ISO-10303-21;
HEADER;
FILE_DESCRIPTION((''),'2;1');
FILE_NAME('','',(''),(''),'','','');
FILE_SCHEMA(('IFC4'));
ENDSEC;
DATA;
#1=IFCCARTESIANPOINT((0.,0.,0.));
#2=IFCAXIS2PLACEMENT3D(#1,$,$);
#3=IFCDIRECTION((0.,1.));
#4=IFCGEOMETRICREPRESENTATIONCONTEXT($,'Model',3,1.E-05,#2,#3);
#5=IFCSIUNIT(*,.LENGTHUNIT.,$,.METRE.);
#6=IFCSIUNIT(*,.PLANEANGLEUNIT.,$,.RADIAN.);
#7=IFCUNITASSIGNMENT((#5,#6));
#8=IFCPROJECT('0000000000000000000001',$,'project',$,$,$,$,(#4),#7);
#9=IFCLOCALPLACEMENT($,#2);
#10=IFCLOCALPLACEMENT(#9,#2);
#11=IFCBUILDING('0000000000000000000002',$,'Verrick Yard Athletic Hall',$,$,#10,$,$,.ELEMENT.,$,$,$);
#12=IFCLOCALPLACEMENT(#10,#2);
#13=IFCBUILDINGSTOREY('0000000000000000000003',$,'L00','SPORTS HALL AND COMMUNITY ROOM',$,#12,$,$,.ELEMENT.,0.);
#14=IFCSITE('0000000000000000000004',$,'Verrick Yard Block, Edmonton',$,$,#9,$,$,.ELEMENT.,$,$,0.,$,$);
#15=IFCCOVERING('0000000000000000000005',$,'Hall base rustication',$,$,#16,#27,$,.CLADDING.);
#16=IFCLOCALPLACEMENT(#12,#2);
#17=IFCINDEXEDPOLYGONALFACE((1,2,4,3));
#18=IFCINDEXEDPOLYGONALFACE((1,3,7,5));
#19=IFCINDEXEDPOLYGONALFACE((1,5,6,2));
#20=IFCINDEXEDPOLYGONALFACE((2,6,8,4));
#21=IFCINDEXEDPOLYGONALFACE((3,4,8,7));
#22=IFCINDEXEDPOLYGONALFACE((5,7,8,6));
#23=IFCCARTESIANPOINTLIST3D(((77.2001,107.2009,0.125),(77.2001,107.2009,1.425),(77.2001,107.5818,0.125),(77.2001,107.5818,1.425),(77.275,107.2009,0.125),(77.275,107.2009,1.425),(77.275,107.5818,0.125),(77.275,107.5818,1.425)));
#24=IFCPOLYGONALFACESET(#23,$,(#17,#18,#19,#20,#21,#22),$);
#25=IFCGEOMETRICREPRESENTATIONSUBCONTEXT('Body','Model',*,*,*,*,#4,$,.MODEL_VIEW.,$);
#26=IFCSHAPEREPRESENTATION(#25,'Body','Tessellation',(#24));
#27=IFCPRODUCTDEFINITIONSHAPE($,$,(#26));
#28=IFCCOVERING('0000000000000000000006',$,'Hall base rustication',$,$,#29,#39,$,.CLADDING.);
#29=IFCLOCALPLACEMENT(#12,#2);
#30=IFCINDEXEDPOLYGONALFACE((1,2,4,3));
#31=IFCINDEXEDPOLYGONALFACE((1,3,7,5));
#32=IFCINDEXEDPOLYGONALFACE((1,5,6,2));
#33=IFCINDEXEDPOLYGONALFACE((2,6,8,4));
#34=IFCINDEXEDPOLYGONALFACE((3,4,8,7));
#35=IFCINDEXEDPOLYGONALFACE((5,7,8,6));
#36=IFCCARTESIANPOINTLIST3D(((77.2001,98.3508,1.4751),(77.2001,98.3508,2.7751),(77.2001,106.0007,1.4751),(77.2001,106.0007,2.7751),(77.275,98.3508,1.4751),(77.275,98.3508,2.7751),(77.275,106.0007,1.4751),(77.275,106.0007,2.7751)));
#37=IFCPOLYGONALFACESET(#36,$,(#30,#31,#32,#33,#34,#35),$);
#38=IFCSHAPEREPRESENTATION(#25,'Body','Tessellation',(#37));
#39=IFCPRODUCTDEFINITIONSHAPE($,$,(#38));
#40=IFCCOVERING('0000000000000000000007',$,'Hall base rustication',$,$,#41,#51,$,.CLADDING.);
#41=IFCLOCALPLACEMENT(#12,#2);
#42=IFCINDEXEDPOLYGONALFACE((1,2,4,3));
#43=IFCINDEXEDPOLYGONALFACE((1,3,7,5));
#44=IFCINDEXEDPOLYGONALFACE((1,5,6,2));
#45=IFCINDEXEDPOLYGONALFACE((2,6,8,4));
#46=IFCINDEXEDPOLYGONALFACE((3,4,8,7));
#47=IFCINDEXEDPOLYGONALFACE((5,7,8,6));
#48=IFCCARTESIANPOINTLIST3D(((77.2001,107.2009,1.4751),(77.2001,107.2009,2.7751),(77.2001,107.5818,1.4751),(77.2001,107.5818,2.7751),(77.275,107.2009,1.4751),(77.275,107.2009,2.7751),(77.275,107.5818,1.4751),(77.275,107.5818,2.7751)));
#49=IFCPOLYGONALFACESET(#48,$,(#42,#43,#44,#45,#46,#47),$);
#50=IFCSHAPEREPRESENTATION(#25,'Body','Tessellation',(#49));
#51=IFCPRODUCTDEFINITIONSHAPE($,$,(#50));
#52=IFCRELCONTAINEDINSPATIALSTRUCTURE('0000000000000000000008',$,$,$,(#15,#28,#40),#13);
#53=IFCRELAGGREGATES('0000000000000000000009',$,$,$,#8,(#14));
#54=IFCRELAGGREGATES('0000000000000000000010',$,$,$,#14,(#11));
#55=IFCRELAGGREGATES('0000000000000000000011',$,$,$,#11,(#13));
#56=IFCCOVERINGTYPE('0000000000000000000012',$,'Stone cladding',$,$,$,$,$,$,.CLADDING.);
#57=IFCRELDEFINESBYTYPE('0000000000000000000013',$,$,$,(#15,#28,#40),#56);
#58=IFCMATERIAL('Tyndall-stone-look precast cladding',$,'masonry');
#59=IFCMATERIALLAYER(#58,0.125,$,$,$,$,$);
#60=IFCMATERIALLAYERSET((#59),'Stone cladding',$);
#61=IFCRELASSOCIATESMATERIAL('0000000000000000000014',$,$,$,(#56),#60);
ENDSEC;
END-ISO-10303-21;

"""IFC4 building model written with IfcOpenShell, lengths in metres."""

from ifc_helpers import new_model, si_unit, direction, frame, origin, origin_2d, place, context, subcontext, project, spatial, rectangle, extrude, material, layer, layer_set, type_object, element, save


model = new_model("IFC4")

# Units and contexts
model_context = context("Model", 3, precision=1e-05, world=origin(), true_north=direction((0.0, 1.0)))
body_context = subcontext(model_context, "Body", "Model", "MODEL_VIEW")
ifc_project = project(units=[si_unit("LENGTHUNIT", "METRE"), si_unit("PLANEANGLEUNIT", "RADIAN")], contexts=[model_context])

# Site, building, storey
site_placement = place(None, origin())
site = spatial("IfcSite", under=ifc_project, at=site_placement, Name="Verrick Yard Block, Edmonton", CompositionType="ELEMENT", RefElevation=0.0)
building_placement = place(site_placement, origin())
building = spatial("IfcBuilding", under=site, at=building_placement, Name="Verrick Yard Athletic Hall", CompositionType="ELEMENT")
storey_placement = place(building_placement, origin())
storey = spatial("IfcBuildingStorey", under=building, at=storey_placement, Name="L00", Description="SPORTS HALL AND COMMUNITY ROOM", CompositionType="ELEMENT", Elevation=0.0)

# Coverings
ifc_material_1 = material(Name="Tyndall-stone-look precast cladding", Category="masonry")
ifc_layer_1 = layer(ifc_material_1, 0.125)
ifc_layer_set_1 = layer_set([ifc_layer_1], Name="Stone cladding")
covering_type = type_object("IfcCoveringType", Name="Stone cladding", PredefinedType="CLADDING", material=ifc_layer_set_1)
covering_1_placement = place(storey_placement, frame((77.2375, 107.3914, 0.125), z_axis=(0.0, 0.0, 1.0), x_axis=(0.0, 1.0, 0.0)))
element("IfcCovering", 1, at=covering_1_placement, inside=storey, type_object=covering_type, Name="Hall base rustication", PredefinedType="CLADDING", context=body_context, shape_type="SweptSolid", body=[
    extrude(rectangle(XDim=0.3809, YDim=0.075, at=origin_2d()), origin(), (0.0, 0.0, 1.0), 1.3),
])
covering_2_placement = place(storey_placement, frame((77.2375, 102.1758, 1.4751), z_axis=(0.0, 0.0, 1.0), x_axis=(0.0, 1.0, 0.0)))
element("IfcCovering", 2, at=covering_2_placement, inside=storey, type_object=covering_type, Name="Hall base rustication", PredefinedType="CLADDING", context=body_context, shape_type="SweptSolid", body=[
    extrude(rectangle(XDim=7.6499, YDim=0.075, at=origin_2d()), origin(), (0.0, 0.0, 1.0), 1.3),
])
covering_3_placement = place(storey_placement, frame((77.2375, 107.3914, 1.4751), z_axis=(0.0, 0.0, 1.0), x_axis=(0.0, 1.0, 0.0)))
element("IfcCovering", 3, at=covering_3_placement, inside=storey, type_object=covering_type, Name="Hall base rustication", PredefinedType="CLADDING", context=body_context, shape_type="SweptSolid", body=[
    extrude(rectangle(XDim=0.3809, YDim=0.075, at=origin_2d()), origin(), (0.0, 0.0, 1.0), 1.3),
])

save(model, "model.ifc")
